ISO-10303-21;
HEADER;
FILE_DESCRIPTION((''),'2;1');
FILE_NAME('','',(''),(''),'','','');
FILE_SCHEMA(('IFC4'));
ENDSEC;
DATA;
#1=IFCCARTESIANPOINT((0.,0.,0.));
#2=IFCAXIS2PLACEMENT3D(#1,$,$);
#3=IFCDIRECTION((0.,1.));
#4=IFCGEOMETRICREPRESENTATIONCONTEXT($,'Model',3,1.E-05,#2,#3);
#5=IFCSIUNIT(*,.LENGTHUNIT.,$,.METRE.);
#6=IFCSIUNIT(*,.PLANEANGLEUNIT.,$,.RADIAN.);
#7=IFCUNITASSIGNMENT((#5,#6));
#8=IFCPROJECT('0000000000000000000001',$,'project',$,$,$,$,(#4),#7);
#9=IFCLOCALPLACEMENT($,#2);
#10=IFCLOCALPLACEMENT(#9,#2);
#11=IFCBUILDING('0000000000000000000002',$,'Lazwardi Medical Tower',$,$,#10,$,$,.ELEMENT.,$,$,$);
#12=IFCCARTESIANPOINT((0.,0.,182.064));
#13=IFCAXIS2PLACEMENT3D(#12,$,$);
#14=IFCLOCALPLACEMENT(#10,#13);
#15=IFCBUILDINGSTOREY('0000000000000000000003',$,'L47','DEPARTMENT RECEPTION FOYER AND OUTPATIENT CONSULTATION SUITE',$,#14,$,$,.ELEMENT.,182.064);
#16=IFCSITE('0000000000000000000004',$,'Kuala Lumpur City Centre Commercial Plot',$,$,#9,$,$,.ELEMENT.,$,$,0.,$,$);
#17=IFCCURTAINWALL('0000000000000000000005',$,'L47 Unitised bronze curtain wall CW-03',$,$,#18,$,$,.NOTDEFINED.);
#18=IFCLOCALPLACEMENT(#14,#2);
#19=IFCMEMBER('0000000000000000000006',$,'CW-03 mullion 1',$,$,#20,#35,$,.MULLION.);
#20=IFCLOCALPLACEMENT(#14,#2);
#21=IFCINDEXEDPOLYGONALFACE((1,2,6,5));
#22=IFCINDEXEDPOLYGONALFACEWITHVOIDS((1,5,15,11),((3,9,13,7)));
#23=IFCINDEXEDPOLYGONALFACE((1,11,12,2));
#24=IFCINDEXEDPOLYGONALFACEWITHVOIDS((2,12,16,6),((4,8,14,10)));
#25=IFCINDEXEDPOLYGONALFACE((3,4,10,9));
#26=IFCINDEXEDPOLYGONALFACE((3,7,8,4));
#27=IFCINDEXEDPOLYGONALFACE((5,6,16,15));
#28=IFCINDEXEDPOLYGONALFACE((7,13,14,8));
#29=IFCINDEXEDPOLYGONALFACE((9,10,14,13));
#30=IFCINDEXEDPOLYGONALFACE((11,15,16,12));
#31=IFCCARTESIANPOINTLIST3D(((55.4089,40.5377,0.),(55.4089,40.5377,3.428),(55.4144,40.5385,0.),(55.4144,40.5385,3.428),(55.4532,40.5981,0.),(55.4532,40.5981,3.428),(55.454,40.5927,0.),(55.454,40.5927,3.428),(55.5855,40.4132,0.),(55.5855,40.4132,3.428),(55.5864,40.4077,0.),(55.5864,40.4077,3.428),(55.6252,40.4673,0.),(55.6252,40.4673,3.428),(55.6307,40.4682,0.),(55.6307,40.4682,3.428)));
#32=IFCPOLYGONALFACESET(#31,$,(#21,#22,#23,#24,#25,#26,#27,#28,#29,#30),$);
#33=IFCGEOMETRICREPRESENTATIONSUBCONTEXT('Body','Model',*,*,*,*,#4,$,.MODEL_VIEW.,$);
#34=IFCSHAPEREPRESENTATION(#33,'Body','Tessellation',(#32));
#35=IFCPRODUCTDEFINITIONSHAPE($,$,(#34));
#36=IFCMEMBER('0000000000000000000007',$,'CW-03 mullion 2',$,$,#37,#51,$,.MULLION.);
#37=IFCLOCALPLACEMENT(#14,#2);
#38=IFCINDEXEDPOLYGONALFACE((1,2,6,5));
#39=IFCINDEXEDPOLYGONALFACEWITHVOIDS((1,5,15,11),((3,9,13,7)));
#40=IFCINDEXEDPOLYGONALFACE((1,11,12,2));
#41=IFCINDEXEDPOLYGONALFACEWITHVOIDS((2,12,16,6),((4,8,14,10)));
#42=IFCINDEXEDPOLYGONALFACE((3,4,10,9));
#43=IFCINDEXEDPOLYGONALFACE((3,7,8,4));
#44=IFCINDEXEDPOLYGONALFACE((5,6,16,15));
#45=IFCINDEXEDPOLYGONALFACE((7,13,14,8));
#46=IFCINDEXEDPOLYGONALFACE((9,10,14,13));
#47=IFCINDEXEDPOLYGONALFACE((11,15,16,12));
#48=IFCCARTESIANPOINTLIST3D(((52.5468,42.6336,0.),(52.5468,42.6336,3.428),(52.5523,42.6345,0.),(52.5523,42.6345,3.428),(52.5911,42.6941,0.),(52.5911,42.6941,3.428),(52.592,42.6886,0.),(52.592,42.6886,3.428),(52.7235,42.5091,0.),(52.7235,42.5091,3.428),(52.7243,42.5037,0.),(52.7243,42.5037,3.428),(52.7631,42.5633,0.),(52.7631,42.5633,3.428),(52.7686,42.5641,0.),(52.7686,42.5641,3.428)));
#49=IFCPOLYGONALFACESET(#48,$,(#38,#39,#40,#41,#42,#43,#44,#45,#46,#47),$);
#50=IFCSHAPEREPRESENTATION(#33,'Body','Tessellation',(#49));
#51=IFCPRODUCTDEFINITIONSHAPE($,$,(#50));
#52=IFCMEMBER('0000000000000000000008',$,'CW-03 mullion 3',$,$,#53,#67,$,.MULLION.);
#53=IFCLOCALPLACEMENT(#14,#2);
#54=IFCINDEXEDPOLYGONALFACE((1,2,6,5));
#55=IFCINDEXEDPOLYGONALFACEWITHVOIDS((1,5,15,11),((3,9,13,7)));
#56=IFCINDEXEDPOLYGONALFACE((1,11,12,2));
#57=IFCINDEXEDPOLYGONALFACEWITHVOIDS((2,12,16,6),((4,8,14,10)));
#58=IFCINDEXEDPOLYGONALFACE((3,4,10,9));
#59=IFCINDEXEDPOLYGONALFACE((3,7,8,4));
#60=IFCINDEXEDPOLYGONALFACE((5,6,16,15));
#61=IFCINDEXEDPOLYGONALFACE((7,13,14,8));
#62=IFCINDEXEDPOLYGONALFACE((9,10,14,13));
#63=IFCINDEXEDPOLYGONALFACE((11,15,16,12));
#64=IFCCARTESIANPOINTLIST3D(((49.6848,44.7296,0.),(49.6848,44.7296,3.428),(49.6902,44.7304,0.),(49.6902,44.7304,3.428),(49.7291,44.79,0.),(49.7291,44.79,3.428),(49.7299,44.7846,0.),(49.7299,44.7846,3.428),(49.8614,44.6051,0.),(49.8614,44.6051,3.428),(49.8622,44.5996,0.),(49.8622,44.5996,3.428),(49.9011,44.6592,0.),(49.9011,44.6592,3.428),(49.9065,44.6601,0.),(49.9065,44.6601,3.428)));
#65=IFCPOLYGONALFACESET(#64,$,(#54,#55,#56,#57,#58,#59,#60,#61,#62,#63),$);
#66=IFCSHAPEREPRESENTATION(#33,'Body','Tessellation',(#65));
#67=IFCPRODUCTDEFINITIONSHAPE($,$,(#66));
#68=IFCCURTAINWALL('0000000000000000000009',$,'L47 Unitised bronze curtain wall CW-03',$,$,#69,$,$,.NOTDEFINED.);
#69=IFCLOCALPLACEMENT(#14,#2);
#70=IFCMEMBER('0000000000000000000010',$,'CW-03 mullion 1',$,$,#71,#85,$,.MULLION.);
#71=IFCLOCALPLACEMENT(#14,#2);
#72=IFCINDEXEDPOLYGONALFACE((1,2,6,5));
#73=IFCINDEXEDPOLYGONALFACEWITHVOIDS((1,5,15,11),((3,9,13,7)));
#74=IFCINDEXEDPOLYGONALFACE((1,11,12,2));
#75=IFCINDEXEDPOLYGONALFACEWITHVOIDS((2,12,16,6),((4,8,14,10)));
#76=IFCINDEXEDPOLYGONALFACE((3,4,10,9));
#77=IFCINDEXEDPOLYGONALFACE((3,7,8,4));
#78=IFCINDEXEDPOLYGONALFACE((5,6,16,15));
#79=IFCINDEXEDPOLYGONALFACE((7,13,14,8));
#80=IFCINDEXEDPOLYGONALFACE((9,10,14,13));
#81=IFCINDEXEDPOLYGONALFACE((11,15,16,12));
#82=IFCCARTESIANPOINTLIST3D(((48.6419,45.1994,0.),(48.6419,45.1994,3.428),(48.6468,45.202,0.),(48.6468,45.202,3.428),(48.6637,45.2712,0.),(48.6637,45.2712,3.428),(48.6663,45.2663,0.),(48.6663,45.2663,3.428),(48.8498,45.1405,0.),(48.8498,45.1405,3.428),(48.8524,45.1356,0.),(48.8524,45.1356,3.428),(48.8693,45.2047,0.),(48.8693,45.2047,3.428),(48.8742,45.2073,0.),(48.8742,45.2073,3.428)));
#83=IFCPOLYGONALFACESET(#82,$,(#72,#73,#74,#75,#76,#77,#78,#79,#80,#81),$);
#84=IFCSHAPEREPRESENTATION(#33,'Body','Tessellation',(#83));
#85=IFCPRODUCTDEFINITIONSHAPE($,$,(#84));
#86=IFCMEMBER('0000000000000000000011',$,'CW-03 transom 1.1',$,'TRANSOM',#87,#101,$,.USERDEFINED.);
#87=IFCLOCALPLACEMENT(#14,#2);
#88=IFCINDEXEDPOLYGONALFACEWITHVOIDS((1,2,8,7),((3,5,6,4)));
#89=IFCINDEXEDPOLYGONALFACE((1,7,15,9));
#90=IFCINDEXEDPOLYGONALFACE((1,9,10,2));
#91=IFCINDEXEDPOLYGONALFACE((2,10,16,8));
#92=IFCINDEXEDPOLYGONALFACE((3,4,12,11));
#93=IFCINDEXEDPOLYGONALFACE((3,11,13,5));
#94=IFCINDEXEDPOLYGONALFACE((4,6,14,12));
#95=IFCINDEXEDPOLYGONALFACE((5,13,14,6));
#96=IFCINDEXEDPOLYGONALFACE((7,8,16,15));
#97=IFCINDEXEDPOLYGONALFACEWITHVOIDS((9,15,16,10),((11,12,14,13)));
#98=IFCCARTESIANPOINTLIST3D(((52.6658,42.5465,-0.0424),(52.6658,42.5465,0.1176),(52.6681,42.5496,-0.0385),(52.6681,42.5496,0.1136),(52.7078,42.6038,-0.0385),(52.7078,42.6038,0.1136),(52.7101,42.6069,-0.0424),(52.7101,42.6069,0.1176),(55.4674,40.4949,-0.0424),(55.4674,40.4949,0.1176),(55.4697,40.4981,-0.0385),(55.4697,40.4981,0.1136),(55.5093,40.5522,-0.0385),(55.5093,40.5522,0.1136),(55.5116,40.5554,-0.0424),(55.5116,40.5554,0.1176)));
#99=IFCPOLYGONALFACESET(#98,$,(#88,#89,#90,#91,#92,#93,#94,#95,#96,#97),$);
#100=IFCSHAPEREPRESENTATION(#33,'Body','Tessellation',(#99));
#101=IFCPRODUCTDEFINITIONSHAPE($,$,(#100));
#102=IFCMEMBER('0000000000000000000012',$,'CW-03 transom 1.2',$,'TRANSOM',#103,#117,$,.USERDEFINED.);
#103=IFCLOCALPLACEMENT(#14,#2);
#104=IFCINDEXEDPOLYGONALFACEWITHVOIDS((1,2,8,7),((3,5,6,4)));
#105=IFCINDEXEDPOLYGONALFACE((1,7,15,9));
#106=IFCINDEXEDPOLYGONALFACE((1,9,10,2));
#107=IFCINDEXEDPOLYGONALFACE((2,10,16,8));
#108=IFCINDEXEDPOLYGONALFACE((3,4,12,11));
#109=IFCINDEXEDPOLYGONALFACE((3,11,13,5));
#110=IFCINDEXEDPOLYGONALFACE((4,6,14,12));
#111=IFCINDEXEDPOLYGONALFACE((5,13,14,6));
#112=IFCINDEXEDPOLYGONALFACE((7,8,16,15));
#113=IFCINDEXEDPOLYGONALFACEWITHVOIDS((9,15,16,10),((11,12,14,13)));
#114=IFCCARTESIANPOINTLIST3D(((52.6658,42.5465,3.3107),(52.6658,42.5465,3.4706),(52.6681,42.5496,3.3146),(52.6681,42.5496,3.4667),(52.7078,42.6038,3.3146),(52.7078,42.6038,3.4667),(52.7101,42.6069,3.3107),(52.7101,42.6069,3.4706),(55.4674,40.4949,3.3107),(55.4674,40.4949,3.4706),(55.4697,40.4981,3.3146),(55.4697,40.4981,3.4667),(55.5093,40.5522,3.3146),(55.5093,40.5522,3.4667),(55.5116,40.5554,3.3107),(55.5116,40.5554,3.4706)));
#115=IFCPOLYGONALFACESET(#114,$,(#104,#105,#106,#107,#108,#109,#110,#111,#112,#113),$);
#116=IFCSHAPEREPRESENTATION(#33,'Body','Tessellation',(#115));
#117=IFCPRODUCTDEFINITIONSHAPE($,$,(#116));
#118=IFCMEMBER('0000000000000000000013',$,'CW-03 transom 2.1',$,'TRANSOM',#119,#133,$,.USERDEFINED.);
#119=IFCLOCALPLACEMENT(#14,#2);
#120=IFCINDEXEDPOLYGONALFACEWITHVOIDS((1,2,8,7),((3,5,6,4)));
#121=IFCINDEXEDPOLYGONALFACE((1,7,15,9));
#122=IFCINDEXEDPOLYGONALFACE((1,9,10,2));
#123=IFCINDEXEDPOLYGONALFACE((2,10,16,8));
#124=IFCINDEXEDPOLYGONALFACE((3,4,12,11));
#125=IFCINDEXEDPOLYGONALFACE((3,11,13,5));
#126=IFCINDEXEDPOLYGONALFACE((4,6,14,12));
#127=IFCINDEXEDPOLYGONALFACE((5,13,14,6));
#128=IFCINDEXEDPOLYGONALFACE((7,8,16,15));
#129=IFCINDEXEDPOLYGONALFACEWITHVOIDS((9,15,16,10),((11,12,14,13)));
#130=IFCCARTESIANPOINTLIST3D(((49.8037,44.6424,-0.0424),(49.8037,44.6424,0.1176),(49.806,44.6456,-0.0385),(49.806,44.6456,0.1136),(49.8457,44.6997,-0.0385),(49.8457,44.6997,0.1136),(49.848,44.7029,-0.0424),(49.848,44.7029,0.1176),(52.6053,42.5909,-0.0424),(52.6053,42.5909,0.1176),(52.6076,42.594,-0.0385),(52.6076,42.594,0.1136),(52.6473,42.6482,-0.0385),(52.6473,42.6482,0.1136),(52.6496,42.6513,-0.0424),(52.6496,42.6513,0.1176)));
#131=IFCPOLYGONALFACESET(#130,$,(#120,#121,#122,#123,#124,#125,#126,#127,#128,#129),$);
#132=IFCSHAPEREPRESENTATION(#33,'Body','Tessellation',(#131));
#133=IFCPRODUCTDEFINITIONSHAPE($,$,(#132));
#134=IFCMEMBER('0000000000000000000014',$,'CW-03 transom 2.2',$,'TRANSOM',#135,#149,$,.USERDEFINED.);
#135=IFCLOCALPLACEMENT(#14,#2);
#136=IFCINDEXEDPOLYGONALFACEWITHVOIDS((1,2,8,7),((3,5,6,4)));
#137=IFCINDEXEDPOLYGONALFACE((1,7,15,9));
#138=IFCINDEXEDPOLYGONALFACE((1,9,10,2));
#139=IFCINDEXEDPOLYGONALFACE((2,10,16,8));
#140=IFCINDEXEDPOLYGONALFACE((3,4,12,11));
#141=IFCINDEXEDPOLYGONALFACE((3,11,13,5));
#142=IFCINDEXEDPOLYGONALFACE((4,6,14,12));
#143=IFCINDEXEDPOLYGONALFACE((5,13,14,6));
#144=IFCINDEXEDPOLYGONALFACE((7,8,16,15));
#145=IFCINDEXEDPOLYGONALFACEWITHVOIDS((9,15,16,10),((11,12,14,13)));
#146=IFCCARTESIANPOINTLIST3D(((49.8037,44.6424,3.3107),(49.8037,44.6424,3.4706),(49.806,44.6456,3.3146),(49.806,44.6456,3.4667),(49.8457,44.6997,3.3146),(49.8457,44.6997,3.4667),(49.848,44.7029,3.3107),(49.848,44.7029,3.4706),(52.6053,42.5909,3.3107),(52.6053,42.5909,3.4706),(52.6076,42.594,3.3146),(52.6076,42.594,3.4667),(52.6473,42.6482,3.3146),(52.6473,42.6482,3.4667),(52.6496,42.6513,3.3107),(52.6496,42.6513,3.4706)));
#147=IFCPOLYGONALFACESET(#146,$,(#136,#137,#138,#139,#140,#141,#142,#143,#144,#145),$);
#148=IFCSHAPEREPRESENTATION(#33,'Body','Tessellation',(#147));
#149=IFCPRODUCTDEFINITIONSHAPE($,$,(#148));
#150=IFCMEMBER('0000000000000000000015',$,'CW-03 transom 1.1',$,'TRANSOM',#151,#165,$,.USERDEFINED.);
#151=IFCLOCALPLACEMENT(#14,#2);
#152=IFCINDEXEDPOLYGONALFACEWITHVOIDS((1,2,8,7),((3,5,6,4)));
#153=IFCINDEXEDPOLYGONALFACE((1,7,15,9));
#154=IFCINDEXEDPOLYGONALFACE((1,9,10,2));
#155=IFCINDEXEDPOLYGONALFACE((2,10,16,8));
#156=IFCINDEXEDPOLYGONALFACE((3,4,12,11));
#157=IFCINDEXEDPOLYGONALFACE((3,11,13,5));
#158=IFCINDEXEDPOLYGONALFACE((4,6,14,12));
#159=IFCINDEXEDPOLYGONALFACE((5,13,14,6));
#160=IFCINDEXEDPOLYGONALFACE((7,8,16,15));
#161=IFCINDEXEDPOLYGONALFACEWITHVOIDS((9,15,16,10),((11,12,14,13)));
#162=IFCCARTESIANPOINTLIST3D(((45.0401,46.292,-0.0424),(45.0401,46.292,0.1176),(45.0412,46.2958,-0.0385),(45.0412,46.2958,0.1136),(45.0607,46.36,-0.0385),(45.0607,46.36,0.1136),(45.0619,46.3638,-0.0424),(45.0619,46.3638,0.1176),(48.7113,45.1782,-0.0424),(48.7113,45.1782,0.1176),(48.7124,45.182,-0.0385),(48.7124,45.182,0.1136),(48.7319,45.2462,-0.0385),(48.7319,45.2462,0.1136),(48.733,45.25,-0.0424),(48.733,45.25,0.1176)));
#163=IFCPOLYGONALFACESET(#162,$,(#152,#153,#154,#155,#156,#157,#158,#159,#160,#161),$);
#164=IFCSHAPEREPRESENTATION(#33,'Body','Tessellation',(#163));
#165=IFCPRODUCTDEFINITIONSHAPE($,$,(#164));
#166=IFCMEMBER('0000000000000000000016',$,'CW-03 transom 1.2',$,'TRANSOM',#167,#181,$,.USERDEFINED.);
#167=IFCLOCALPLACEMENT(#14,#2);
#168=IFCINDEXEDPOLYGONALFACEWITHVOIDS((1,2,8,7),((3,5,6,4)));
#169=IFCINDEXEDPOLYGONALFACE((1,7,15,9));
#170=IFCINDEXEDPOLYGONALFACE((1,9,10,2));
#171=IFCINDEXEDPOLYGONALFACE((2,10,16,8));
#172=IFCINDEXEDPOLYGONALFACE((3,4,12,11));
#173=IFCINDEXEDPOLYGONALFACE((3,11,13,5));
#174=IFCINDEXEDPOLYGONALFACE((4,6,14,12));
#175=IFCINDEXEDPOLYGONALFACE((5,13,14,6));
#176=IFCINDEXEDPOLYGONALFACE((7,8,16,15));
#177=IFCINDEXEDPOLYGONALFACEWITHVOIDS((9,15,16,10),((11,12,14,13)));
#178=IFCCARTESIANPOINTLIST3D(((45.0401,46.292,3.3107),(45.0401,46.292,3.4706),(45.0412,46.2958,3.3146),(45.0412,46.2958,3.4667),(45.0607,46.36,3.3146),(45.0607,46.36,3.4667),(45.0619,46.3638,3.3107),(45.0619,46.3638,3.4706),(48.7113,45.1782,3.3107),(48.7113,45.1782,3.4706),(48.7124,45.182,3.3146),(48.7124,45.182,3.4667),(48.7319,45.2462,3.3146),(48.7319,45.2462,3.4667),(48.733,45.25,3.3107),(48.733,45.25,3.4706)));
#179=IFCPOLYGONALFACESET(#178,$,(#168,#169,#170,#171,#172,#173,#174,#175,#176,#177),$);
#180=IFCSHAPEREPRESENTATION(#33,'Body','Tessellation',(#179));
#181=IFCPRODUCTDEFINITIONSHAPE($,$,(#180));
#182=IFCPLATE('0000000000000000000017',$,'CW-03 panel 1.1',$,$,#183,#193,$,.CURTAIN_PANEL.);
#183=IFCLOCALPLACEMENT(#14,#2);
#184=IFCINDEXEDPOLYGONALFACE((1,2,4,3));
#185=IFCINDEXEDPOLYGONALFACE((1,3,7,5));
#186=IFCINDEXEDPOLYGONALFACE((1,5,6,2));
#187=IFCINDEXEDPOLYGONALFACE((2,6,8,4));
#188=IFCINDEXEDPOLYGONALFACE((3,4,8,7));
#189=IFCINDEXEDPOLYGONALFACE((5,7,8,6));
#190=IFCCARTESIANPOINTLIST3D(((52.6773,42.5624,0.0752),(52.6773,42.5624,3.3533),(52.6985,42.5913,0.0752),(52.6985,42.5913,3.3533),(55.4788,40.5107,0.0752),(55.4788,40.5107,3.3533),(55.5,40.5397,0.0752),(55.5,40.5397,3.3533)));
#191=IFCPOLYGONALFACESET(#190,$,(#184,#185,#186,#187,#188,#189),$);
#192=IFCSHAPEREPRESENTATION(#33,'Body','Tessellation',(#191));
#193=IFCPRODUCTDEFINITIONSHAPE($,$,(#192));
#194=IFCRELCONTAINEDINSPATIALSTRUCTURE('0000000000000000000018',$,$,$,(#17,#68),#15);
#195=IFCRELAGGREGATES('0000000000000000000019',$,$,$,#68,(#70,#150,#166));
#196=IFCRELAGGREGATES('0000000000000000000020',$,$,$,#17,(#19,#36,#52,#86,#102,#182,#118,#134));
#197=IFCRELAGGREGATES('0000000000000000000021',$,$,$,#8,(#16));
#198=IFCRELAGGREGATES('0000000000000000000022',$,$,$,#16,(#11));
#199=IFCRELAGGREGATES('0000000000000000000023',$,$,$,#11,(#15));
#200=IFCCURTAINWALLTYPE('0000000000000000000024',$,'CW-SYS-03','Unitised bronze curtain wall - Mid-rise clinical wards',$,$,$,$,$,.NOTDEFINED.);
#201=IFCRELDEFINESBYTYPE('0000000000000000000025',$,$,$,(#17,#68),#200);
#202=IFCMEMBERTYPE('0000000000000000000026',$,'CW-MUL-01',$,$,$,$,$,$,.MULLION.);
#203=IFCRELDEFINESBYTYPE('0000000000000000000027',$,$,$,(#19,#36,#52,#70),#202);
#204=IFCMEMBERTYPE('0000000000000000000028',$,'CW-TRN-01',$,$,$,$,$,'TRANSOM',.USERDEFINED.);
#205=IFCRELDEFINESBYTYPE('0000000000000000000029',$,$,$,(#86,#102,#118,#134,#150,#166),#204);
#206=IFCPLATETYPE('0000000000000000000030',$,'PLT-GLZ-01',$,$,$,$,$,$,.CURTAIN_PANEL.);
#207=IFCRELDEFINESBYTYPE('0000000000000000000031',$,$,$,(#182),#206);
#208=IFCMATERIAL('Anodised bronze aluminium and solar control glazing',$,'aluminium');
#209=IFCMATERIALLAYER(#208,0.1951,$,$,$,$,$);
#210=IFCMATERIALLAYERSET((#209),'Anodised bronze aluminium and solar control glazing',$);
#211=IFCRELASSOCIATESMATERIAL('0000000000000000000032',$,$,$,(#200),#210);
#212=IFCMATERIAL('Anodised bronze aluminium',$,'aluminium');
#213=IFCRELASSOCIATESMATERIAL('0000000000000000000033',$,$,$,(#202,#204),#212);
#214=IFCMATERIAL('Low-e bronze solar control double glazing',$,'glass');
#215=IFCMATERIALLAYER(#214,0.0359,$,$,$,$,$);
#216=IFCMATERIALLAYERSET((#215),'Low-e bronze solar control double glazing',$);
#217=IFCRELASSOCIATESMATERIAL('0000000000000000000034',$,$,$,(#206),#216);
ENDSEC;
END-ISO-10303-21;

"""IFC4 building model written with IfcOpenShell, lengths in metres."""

from ifc_helpers import new_model, si_unit, direction, frame, origin, origin_2d, place, context, subcontext, project, spatial, rectangle, hollow_rectangle, extrude, material, layer, layer_set, material_profile, profile_set, type_object, element, aggregate, save


model = new_model("IFC4")

# Units and contexts
model_context = context("Model", 3, precision=1e-05, world=origin(), true_north=direction((0.0, 1.0)))
body_context = subcontext(model_context, "Body", "Model", "MODEL_VIEW")
ifc_project = project(units=[si_unit("LENGTHUNIT", "METRE"), si_unit("PLANEANGLEUNIT", "RADIAN")], contexts=[model_context])

# Site, building, storey
site_placement = place(None, origin())
site = spatial("IfcSite", under=ifc_project, at=site_placement, Name="Kuala Lumpur City Centre Commercial Plot", CompositionType="ELEMENT", RefElevation=0.0)
building_placement = place(site_placement, origin())
building = spatial("IfcBuilding", under=site, at=building_placement, Name="Lazwardi Medical Tower", CompositionType="ELEMENT")
storey_placement = place(building_placement, frame((0.0, 0.0, 182.064)))
storey = spatial("IfcBuildingStorey", under=building, at=storey_placement, Name="L47", Description="DEPARTMENT RECEPTION FOYER AND OUTPATIENT CONSULTATION SUITE", CompositionType="ELEMENT", Elevation=182.064)

# Shared definitions
ifc_material_1 = material(Name="Anodised bronze aluminium and solar control glazing", Category="aluminium")
ifc_layer_1 = layer(ifc_material_1, 0.1951)
ifc_layer_set_1 = layer_set([ifc_layer_1], Name="Anodised bronze aluminium and solar control glazing")
curtain_wall_type = type_object("IfcCurtainWallType", Name="CW-SYS-03", Description="Unitised bronze curtain wall - Mid-rise clinical wards", PredefinedType="NOTDEFINED", material=ifc_layer_set_1)
ifc_material_2 = material(Name="Anodised bronze aluminium", Category="aluminium")
ifc_material_profile_1 = material_profile(ifc_material_2, hollow_rectangle(XDim=0.075, YDim=0.22, WallThickness=0.0039, at=origin_2d()), Name="ALU-MULLION 220x75x4")
ifc_profile_set_1 = profile_set([ifc_material_profile_1], Name="Anodised bronze aluminium")
member_type_1 = type_object("IfcMemberType", Name="CW-MUL-01", PredefinedType="MULLION", material=ifc_profile_set_1)

# Curtain wall, members
curtain_wall_1_placement = place(storey_placement, origin())
curtain_wall_1 = element("IfcCurtainWall", 1, at=curtain_wall_1_placement, inside=storey, type_object=curtain_wall_type, Name="L47 Unitised bronze curtain wall CW-03", PredefinedType="NOTDEFINED")
member_1_placement = place(storey_placement, frame((55.5198, 40.5029, 0.0), z_axis=(0.0, 0.0, 1.0), x_axis=(-0.590834, -0.806793, 0.0)))
member_1 = element("IfcMember", 2, at=member_1_placement, type_object=member_type_1, Name="CW-03 mullion 1", PredefinedType="MULLION", context=body_context, shape_type="SweptSolid", body=[
    extrude(hollow_rectangle(XDim=0.075, YDim=0.22, WallThickness=0.0039, at=origin_2d()), origin(), (0.0, 0.0, 1.0), 3.428),
])
member_2_placement = place(storey_placement, frame((52.6577, 42.5989, 0.0), z_axis=(0.0, 0.0, 1.0), x_axis=(-0.590834, -0.806793, 0.0)))
member_2 = element("IfcMember", 3, at=member_2_placement, type_object=member_type_1, Name="CW-03 mullion 2", PredefinedType="MULLION", context=body_context, shape_type="SweptSolid", body=[
    extrude(hollow_rectangle(XDim=0.075, YDim=0.22, WallThickness=0.0039, at=origin_2d()), origin(), (0.0, 0.0, 1.0), 3.428),
])
member_3_placement = place(storey_placement, frame((49.7957, 44.6948, 0.0), z_axis=(0.0, 0.0, 1.0), x_axis=(-0.590834, -0.806793, 0.0)))
member_3 = element("IfcMember", 4, at=member_3_placement, type_object=member_type_1, Name="CW-03 mullion 3", PredefinedType="MULLION", context=body_context, shape_type="SweptSolid", body=[
    extrude(hollow_rectangle(XDim=0.075, YDim=0.22, WallThickness=0.0039, at=origin_2d()), origin(), (0.0, 0.0, 1.0), 3.428),
])

# Curtain wall, member
curtain_wall_2_placement = place(storey_placement, origin())
curtain_wall_2 = element("IfcCurtainWall", 5, at=curtain_wall_2_placement, inside=storey, type_object=curtain_wall_type, Name="L47 Unitised bronze curtain wall CW-03", PredefinedType="NOTDEFINED")
member_4_placement = place(storey_placement, frame((48.7581, 45.2034, 0.0), z_axis=(0.0, 0.0, 1.0), x_axis=(-0.290281, -0.956942, 0.0)))
member_4 = element("IfcMember", 6, at=member_4_placement, type_object=member_type_1, Name="CW-03 mullion 1", PredefinedType="MULLION", context=body_context, shape_type="SweptSolid", body=[
    extrude(hollow_rectangle(XDim=0.075, YDim=0.22, WallThickness=0.0039, at=origin_2d()), origin(), (0.0, 0.0, 1.0), 3.428),
])

# Members
ifc_material_profile_2 = material_profile(ifc_material_2, hollow_rectangle(XDim=0.075, YDim=0.1599, WallThickness=0.0039, at=origin_2d()), Name="ALU-TRANSOM 160x75x4")
ifc_profile_set_2 = profile_set([ifc_material_profile_2], Name="Anodised bronze aluminium")
member_type_2 = type_object("IfcMemberType", Name="CW-TRN-01", ElementType="TRANSOM", PredefinedType="USERDEFINED", material=ifc_profile_set_2)
member_5_placement = place(storey_placement, frame((55.4895, 40.5251, 0.0376), z_axis=(-0.806807, 0.590815, 0.0), x_axis=(-0.590815, -0.806807, 0.0)))
member_5 = element("IfcMember", 7, at=member_5_placement, type_object=member_type_2, Name="CW-03 transom 1.1", ObjectType="TRANSOM", PredefinedType="USERDEFINED", context=body_context, shape_type="SweptSolid", body=[
    extrude(hollow_rectangle(XDim=0.075, YDim=0.1599, WallThickness=0.0039, at=origin_2d()), origin(), (0.0, 0.0, 1.0), 3.4724),
])
member_6_placement = place(storey_placement, frame((55.4895, 40.5251, 3.3906), z_axis=(-0.806807, 0.590815, 0.0), x_axis=(-0.590815, -0.806807, 0.0)))
member_6 = element("IfcMember", 8, at=member_6_placement, type_object=member_type_2, Name="CW-03 transom 1.2", ObjectType="TRANSOM", PredefinedType="USERDEFINED", context=body_context, shape_type="SweptSolid", body=[
    extrude(hollow_rectangle(XDim=0.075, YDim=0.1599, WallThickness=0.0039, at=origin_2d()), origin(), (0.0, 0.0, 1.0), 3.4724),
])
member_7_placement = place(storey_placement, frame((52.6274, 42.6211, 0.0376), z_axis=(-0.806807, 0.590815, 0.0), x_axis=(-0.590815, -0.806807, 0.0)))
member_7 = element("IfcMember", 9, at=member_7_placement, type_object=member_type_2, Name="CW-03 transom 2.1", ObjectType="TRANSOM", PredefinedType="USERDEFINED", context=body_context, shape_type="SweptSolid", body=[
    extrude(hollow_rectangle(XDim=0.075, YDim=0.1599, WallThickness=0.0039, at=origin_2d()), origin(), (0.0, 0.0, 1.0), 3.4724),
])
member_8_placement = place(storey_placement, frame((52.6274, 42.6211, 3.3906), z_axis=(-0.806807, 0.590815, 0.0), x_axis=(-0.590815, -0.806807, 0.0)))
member_8 = element("IfcMember", 10, at=member_8_placement, type_object=member_type_2, Name="CW-03 transom 2.2", ObjectType="TRANSOM", PredefinedType="USERDEFINED", context=body_context, shape_type="SweptSolid", body=[
    extrude(hollow_rectangle(XDim=0.075, YDim=0.1599, WallThickness=0.0039, at=origin_2d()), origin(), (0.0, 0.0, 1.0), 3.4724),
])
member_9_placement = place(storey_placement, frame((48.7222, 45.2141, 0.0376), z_axis=(-0.95693, 0.290318, 0.0), x_axis=(-0.290318, -0.95693, 0.0)))
member_9 = element("IfcMember", 11, at=member_9_placement, type_object=member_type_2, Name="CW-03 transom 1.1", ObjectType="TRANSOM", PredefinedType="USERDEFINED", context=body_context, shape_type="SweptSolid", body=[
    extrude(hollow_rectangle(XDim=0.075, YDim=0.1599, WallThickness=0.0039, at=origin_2d()), origin(), (0.0, 0.0, 1.0), 3.8364),
])
member_10_placement = place(storey_placement, frame((48.7222, 45.2141, 3.3906), z_axis=(-0.95693, 0.290318, 0.0), x_axis=(-0.290318, -0.95693, 0.0)))
member_10 = element("IfcMember", 12, at=member_10_placement, type_object=member_type_2, Name="CW-03 transom 1.2", ObjectType="TRANSOM", PredefinedType="USERDEFINED", context=body_context, shape_type="SweptSolid", body=[
    extrude(hollow_rectangle(XDim=0.075, YDim=0.1599, WallThickness=0.0039, at=origin_2d()), origin(), (0.0, 0.0, 1.0), 3.8364),
])
aggregate(curtain_wall_2, [member_4, member_9, member_10])

# Plate
ifc_material_3 = material(Name="Low-e bronze solar control double glazing", Category="glass")
ifc_layer_2 = layer(ifc_material_3, 0.0359)
ifc_layer_set_2 = layer_set([ifc_layer_2], Name="Low-e bronze solar control double glazing")
plate_type = type_object("IfcPlateType", Name="PLT-GLZ-01", PredefinedType="CURTAIN_PANEL", material=ifc_layer_set_2)
plate_1_placement = place(storey_placement, frame((54.0886, 41.551, 0.0752), z_axis=(0.0, 0.0, 1.0), x_axis=(-0.806793, 0.590834, 0.0)))
plate_1 = element("IfcPlate", 13, at=plate_1_placement, type_object=plate_type, Name="CW-03 panel 1.1", PredefinedType="CURTAIN_PANEL", context=body_context, shape_type="SweptSolid", body=[
    extrude(rectangle(XDim=3.4724, YDim=0.0359, at=origin_2d()), origin(), (0.0, 0.0, 1.0), 3.2781),
])
aggregate(curtain_wall_1, [member_1, member_2, member_3, member_5, member_6, plate_1, member_7, member_8])

save(model, "model.ifc")
